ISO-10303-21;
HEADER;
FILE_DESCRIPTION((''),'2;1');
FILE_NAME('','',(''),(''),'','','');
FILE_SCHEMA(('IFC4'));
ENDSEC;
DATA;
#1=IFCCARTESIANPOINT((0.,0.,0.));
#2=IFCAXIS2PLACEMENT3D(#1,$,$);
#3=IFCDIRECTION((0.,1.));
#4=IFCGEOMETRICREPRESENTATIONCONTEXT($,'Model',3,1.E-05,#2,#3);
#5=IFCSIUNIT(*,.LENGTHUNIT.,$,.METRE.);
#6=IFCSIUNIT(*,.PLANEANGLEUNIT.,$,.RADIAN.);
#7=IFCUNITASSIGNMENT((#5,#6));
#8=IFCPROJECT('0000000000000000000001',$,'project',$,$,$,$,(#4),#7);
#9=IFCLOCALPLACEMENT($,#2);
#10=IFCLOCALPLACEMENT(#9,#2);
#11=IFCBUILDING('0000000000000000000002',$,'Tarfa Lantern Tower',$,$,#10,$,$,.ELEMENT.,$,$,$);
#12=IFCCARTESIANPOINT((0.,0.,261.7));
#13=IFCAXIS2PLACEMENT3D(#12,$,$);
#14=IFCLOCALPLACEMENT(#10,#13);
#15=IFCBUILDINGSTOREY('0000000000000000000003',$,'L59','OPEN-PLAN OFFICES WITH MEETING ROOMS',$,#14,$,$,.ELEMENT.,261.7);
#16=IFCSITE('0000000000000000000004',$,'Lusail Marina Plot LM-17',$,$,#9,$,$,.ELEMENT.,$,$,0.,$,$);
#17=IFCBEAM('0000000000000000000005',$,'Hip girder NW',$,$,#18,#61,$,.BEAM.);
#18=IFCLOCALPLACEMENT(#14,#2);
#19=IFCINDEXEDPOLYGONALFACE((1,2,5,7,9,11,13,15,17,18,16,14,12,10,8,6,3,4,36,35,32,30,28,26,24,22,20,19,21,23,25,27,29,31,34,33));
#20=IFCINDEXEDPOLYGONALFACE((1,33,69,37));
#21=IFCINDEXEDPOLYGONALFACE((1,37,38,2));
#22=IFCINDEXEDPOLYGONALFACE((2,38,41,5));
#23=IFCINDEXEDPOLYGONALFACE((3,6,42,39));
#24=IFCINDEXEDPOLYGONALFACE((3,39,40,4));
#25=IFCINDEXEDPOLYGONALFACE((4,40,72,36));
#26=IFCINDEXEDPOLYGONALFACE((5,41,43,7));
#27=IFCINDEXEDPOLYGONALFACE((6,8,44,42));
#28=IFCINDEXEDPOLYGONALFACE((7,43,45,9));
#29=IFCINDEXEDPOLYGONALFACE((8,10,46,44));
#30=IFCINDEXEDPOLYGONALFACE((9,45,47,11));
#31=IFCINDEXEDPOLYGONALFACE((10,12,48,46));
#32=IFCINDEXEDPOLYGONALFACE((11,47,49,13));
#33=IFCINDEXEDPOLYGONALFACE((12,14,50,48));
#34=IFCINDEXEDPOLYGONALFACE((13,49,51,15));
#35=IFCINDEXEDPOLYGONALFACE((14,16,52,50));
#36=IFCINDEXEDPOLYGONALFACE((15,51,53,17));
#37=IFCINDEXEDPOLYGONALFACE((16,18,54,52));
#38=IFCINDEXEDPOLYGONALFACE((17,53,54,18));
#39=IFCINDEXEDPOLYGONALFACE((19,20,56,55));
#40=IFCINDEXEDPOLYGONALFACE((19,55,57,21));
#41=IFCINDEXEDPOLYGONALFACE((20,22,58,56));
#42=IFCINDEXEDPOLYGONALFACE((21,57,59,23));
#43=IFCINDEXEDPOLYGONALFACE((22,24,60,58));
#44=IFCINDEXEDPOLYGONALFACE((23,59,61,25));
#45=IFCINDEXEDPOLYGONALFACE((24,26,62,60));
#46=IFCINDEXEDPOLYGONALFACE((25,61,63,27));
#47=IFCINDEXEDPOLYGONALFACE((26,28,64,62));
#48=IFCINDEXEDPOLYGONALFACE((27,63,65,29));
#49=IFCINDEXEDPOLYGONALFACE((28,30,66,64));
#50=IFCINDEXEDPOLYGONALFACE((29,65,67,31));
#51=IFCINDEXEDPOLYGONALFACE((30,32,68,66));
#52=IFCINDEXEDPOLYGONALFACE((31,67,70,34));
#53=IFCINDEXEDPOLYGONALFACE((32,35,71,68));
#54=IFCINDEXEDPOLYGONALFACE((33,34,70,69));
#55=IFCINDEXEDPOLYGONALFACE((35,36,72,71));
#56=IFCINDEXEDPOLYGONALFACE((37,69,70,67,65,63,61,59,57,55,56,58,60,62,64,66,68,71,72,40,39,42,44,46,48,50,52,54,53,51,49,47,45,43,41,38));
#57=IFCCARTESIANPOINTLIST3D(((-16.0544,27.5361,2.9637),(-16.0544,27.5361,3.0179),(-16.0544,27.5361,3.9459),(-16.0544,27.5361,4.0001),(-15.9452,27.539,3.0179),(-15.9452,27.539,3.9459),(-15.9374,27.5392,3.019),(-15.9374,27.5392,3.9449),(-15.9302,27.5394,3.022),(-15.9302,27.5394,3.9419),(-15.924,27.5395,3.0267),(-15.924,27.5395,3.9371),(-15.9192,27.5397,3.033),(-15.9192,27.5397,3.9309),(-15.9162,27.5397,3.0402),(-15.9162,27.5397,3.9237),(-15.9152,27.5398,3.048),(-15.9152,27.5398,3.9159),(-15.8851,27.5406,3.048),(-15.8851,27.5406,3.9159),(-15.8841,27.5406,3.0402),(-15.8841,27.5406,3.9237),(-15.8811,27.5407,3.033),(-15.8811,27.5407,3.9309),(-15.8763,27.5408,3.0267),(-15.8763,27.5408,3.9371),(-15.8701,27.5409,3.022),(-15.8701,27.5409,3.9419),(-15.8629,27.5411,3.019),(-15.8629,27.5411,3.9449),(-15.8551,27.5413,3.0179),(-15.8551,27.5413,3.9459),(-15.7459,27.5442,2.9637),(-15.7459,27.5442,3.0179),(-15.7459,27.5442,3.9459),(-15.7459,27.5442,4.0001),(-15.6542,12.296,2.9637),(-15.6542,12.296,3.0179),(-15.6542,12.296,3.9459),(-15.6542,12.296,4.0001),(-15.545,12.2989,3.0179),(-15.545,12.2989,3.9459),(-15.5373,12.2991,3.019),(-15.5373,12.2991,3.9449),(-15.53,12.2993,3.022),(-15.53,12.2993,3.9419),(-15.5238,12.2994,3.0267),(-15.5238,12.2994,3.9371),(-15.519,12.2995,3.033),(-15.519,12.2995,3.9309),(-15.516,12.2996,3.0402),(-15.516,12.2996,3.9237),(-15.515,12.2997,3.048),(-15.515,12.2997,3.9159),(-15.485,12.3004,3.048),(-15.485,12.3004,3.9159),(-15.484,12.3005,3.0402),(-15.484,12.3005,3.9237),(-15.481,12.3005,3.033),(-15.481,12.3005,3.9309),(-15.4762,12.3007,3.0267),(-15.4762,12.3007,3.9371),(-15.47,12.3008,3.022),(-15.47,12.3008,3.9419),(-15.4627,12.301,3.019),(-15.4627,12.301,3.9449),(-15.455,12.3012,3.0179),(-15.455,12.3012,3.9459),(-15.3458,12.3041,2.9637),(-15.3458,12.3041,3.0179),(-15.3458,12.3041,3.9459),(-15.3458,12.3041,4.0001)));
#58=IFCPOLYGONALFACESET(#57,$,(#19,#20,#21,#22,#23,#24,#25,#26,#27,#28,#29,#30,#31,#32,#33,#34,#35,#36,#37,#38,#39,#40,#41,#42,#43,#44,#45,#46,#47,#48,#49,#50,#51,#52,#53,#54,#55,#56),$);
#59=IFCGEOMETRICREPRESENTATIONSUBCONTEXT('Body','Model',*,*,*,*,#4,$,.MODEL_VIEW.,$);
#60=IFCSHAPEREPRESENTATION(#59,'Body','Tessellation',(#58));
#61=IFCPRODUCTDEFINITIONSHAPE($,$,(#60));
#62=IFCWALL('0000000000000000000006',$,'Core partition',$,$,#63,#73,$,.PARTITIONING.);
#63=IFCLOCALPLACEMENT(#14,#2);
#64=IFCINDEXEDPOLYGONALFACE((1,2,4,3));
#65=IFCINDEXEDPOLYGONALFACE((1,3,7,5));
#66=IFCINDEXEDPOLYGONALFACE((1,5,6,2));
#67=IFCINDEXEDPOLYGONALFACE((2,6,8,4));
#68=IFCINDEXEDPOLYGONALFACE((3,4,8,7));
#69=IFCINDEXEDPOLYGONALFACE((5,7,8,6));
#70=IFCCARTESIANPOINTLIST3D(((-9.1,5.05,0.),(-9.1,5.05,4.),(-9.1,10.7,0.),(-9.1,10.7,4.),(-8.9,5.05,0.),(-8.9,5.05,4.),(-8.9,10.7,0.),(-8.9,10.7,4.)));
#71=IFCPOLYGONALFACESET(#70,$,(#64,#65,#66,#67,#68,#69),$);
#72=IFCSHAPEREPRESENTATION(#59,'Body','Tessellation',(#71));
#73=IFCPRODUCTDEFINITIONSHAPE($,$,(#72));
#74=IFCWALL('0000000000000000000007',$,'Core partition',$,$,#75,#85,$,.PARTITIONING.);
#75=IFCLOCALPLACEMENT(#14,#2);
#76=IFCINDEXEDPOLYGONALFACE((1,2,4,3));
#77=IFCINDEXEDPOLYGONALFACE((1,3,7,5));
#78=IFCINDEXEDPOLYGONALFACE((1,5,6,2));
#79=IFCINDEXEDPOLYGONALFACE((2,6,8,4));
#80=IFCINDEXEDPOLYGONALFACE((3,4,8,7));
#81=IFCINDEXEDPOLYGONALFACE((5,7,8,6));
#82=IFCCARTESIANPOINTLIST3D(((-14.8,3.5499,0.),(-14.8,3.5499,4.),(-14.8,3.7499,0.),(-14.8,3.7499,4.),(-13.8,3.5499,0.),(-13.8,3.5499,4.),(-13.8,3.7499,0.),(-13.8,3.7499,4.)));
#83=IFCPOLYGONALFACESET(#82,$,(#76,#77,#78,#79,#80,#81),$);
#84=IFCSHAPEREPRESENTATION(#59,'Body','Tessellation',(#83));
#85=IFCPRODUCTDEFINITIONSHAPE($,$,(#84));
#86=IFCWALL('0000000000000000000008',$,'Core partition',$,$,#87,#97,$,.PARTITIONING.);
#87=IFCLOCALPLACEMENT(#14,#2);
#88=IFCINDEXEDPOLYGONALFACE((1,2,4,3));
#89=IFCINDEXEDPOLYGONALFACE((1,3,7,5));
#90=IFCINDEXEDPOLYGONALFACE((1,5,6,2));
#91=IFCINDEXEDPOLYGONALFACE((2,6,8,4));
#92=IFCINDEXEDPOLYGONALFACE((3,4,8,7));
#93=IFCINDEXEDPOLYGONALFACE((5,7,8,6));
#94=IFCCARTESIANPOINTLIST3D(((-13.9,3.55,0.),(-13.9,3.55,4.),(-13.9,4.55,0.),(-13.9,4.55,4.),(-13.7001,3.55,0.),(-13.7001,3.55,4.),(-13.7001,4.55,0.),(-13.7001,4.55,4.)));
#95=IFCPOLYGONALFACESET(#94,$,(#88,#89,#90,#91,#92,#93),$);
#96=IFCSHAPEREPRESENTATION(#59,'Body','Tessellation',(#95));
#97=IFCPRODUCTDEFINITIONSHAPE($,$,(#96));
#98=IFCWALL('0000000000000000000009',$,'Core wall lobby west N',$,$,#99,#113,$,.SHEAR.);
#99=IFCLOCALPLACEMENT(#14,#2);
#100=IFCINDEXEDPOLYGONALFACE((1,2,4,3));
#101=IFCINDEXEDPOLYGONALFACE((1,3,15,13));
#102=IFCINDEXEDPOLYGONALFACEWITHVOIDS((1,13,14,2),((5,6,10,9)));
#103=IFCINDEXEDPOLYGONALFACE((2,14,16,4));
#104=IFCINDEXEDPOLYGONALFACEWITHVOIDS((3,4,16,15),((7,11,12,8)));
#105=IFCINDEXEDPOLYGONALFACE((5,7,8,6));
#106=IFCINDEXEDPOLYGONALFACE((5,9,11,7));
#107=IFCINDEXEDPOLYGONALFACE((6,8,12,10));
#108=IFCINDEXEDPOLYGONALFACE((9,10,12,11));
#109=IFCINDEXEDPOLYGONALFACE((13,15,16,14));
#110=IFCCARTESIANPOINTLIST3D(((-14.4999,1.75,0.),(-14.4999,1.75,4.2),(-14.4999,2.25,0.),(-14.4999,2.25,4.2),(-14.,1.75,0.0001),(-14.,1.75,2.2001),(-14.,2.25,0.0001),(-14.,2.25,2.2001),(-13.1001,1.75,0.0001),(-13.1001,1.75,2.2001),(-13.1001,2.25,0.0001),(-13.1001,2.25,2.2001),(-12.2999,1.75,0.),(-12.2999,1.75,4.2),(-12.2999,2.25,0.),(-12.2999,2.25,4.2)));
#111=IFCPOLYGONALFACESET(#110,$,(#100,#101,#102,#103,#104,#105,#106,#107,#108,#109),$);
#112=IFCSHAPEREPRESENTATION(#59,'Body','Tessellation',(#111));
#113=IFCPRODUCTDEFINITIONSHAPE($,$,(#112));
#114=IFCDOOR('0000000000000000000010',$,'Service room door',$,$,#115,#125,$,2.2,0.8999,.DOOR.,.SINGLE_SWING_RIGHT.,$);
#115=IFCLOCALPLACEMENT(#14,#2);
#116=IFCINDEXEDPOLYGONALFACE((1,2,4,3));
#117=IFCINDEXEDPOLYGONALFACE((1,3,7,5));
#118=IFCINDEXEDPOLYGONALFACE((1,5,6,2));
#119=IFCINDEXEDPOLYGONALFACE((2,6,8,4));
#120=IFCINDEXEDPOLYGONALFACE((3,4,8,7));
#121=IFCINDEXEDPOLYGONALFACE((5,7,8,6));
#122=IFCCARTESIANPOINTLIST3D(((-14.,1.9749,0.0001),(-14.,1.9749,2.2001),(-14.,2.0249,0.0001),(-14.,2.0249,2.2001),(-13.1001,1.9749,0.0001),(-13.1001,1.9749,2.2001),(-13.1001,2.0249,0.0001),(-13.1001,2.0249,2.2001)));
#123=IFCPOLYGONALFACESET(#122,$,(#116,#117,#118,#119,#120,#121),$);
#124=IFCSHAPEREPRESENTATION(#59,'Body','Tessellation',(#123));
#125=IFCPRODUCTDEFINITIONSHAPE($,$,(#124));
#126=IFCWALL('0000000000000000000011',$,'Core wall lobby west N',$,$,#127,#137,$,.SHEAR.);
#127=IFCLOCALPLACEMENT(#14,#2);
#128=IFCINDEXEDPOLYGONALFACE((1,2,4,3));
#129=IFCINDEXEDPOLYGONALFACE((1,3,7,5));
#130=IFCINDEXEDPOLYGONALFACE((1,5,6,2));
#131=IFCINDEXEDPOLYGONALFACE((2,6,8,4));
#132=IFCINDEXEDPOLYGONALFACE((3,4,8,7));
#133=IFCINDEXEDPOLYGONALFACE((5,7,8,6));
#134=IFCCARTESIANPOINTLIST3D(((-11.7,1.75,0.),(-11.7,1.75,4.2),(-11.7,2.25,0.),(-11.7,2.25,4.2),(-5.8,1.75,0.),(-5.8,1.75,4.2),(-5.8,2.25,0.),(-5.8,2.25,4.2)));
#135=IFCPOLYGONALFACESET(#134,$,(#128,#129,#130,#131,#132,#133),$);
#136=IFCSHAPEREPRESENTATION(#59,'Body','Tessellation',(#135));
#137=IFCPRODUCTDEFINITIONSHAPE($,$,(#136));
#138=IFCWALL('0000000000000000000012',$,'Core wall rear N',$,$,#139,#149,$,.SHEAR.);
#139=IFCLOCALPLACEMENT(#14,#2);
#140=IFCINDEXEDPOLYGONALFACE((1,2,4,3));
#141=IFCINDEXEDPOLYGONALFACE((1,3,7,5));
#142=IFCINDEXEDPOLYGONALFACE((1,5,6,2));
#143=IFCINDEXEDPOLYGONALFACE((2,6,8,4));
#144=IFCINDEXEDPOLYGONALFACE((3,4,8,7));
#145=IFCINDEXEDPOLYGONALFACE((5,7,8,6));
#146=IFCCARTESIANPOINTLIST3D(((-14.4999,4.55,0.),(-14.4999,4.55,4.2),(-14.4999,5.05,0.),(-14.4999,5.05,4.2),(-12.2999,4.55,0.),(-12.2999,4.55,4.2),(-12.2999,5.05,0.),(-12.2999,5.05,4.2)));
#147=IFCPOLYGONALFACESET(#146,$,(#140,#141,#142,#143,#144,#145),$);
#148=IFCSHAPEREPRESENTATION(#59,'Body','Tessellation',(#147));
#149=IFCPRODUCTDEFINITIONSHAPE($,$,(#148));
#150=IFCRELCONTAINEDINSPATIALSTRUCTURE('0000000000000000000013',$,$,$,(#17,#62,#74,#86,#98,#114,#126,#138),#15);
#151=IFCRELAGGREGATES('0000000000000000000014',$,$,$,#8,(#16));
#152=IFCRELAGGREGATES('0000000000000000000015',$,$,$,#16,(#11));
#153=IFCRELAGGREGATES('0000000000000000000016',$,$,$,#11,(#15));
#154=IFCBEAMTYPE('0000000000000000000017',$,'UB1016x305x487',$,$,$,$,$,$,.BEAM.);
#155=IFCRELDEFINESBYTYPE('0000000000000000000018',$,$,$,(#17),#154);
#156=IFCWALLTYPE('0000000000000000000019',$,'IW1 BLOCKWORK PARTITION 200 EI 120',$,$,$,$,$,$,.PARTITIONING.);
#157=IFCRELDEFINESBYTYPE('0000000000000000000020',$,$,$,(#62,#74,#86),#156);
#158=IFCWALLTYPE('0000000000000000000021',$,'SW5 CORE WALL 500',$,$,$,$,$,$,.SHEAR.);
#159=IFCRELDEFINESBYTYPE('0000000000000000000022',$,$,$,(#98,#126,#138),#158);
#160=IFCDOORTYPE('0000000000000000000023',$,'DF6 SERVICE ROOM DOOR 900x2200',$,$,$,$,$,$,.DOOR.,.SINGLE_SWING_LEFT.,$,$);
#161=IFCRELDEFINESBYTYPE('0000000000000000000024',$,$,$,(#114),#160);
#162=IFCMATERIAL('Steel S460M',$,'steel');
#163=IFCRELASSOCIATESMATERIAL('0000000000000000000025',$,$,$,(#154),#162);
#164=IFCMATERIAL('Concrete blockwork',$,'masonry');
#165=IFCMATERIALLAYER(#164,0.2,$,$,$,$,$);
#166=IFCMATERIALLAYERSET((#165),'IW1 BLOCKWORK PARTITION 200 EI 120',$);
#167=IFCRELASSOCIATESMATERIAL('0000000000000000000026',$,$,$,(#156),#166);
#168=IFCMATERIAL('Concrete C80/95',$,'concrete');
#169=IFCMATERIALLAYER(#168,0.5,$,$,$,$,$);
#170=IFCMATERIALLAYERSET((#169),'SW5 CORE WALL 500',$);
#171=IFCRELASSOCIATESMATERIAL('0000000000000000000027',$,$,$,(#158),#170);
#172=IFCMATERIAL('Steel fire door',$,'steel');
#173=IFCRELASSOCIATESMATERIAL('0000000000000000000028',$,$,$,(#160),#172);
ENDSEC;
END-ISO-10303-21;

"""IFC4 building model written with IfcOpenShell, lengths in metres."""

from ifc_helpers import new_model, si_unit, direction, frame, frame_2d, origin, origin_2d, place, context, subcontext, project, spatial, rectangle, i_section, extrude, material, layer, layer_set, material_profile, profile_set, type_object, element, fill, save


model = new_model("IFC4")

# Units and contexts
model_context = context("Model", 3, precision=1e-05, world=origin(), true_north=direction((0.0, 1.0)))
body_context = subcontext(model_context, "Body", "Model", "MODEL_VIEW")
ifc_project = project(units=[si_unit("LENGTHUNIT", "METRE"), si_unit("PLANEANGLEUNIT", "RADIAN")], contexts=[model_context])

# Site, building, storey
site_placement = place(None, origin())
site = spatial("IfcSite", under=ifc_project, at=site_placement, Name="Lusail Marina Plot LM-17", CompositionType="ELEMENT", RefElevation=0.0)
building_placement = place(site_placement, origin())
building = spatial("IfcBuilding", under=site, at=building_placement, Name="Tarfa Lantern Tower", CompositionType="ELEMENT")
storey_placement = place(building_placement, frame((0.0, 0.0, 261.7)))
storey = spatial("IfcBuildingStorey", under=building, at=storey_placement, Name="L59", Description="OPEN-PLAN OFFICES WITH MEETING ROOMS", CompositionType="ELEMENT", Elevation=261.7)

# Beam
ifc_material_1 = material(Name="Steel S460M", Category="steel")
ifc_material_profile = material_profile(ifc_material_1, i_section(OverallWidth=0.3086, OverallDepth=1.0364, WebThickness=0.03, FlangeThickness=0.0542, FilletRadius=0.03, at=origin_2d()), Name="UB1016x305x487")
ifc_profile_set = profile_set([ifc_material_profile], Name="Steel S460M")
beam_type = type_object("IfcBeamType", Name="UB1016x305x487", PredefinedType="BEAM", material=ifc_profile_set)
beam_placement = place(storey_placement, frame((-15.5, 12.3, 3.4819), z_axis=(-0.026247, 0.999655, 0.0), x_axis=(-0.999655, -0.026247, 0.0)))
element("IfcBeam", 1, at=beam_placement, inside=storey, type_object=beam_type, Name="Hip girder NW", PredefinedType="BEAM", context=body_context, shape_type="SweptSolid", body=[
    extrude(i_section(OverallWidth=0.3086, OverallDepth=1.0364, WebThickness=0.03, FlangeThickness=0.0542, FilletRadius=0.03, at=origin_2d()), origin(), (0.0, 0.0, 1.0), 15.2454),
])

# Walls
ifc_material_2 = material(Name="Concrete blockwork", Category="masonry")
ifc_layer_1 = layer(ifc_material_2, 0.2)
ifc_layer_set_1 = layer_set([ifc_layer_1], Name="IW1 BLOCKWORK PARTITION 200 EI 120")
wall_type_1 = type_object("IfcWallType", Name="IW1 BLOCKWORK PARTITION 200 EI 120", PredefinedType="PARTITIONING", material=ifc_layer_set_1)
wall_1_placement = place(storey_placement, frame((-9.0, 5.05, 0.0), z_axis=(0.0, 0.0, 1.0), x_axis=(0.0, 1.0, 0.0)))
element("IfcWall", 2, at=wall_1_placement, inside=storey, type_object=wall_type_1, Name="Core partition", PredefinedType="PARTITIONING", context=body_context, shape_type="SweptSolid", body=[
    extrude(rectangle(XDim=5.6499, YDim=0.2, at=frame_2d((2.825, 0.0))), origin(), (0.0, 0.0, 1.0), 4.0),
])
for number, where, z_axis, x_axis, name in (
    (3, (-14.8, 3.6499, 0.0), (0.0, 0.0, 1.0), (1.0, 0.0, 0.0), "Core partition"),
    (4, (-13.8, 3.55, 0.0), (0.0, 0.0, 1.0), (0.0, 1.0, 0.0), "Core partition"),
):
    element("IfcWall", number, at=place(storey_placement, frame(where, z_axis=z_axis, x_axis=x_axis)), inside=storey, type_object=wall_type_1, Name=name, PredefinedType="PARTITIONING", context=body_context, shape_type="SweptSolid", body=[
        extrude(rectangle(XDim=1.0, YDim=0.2, at=frame_2d((0.5, 0.0))), origin(), (0.0, 0.0, 1.0), 4.0),
    ])

# Wall, opening, door
ifc_material_3 = material(Name="Concrete C80/95", Category="concrete")
ifc_material_4 = material(Name="Steel fire door", Category="steel")
ifc_layer_2 = layer(ifc_material_3, 0.5)
ifc_layer_set_2 = layer_set([ifc_layer_2], Name="SW5 CORE WALL 500")
wall_type_2 = type_object("IfcWallType", Name="SW5 CORE WALL 500", PredefinedType="SHEAR", material=ifc_layer_set_2)
wall_2_placement = place(storey_placement, frame((-14.5, 2.0, 0.0), z_axis=(0.0, 0.0, 1.0), x_axis=(1.0, 0.0, 0.0)))
wall_2 = element("IfcWall", 5, at=wall_2_placement, inside=storey, type_object=wall_type_2, Name="Core wall lobby west N", PredefinedType="SHEAR", context=body_context, shape_type="SweptSolid", body=[
    extrude(rectangle(XDim=2.2, YDim=0.5, at=frame_2d((1.1001, 0.0))), origin(), (0.0, 0.0, 1.0), 4.2),
])
opening_1_placement = place(wall_2_placement, frame((0.5, 0.0, 0.0)))
opening_1 = element("IfcOpeningElement", 6, at=opening_1_placement, cuts=wall_2, PredefinedType="OPENING", context=body_context, shape_type="SweptSolid", body=[
    extrude(rectangle(XDim=0.8999, YDim=2.2, at=frame_2d((0.45, 1.1001))), frame((0.0, 0.26, 0.0), z_axis=(0.0, -1.0, 0.0), x_axis=(1.0, 0.0, 0.0)), (0.0, 0.0, 1.0), 0.52),
])
door_type_1 = type_object("IfcDoorType", Name="DF6 SERVICE ROOM DOOR 900x2200", OperationType="SINGLE_SWING_LEFT", PredefinedType="DOOR", material=ifc_material_4)
door_1_placement = place(opening_1_placement, origin())
door_1 = element("IfcDoor", 7, at=door_1_placement, inside=storey, type_object=door_type_1, Name="Service room door", OperationType="SINGLE_SWING_RIGHT", OverallHeight=2.2, OverallWidth=0.8999, PredefinedType="DOOR", context=body_context, shape_type="SweptSolid", body=[
    extrude(rectangle(XDim=0.8999, YDim=2.2, at=frame_2d((0.45, 1.1001))), frame((0.0, 0.0249, 0.0), z_axis=(0.0, -1.0, 0.0), x_axis=(1.0, 0.0, 0.0)), (0.0, 0.0, 1.0), 0.05),
])
fill(opening_1, door_1)

# Walls
wall_3_placement = place(storey_placement, frame((-11.7, 2.0, 0.0), z_axis=(0.0, 0.0, 1.0), x_axis=(1.0, 0.0, 0.0)))
element("IfcWall", 8, at=wall_3_placement, inside=storey, type_object=wall_type_2, Name="Core wall lobby west N", PredefinedType="SHEAR", context=body_context, shape_type="SweptSolid", body=[
    extrude(rectangle(XDim=5.8999, YDim=0.5, at=frame_2d((2.95, 0.0))), origin(), (0.0, 0.0, 1.0), 4.2),
])
wall_4_placement = place(storey_placement, frame((-14.5, 4.8, 0.0), z_axis=(0.0, 0.0, 1.0), x_axis=(1.0, 0.0, 0.0)))
element("IfcWall", 9, at=wall_4_placement, inside=storey, type_object=wall_type_2, Name="Core wall rear N", PredefinedType="SHEAR", context=body_context, shape_type="SweptSolid", body=[
    extrude(rectangle(XDim=2.2, YDim=0.5, at=frame_2d((1.1001, 0.0))), origin(), (0.0, 0.0, 1.0), 4.2),
])

save(model, "model.ifc")
